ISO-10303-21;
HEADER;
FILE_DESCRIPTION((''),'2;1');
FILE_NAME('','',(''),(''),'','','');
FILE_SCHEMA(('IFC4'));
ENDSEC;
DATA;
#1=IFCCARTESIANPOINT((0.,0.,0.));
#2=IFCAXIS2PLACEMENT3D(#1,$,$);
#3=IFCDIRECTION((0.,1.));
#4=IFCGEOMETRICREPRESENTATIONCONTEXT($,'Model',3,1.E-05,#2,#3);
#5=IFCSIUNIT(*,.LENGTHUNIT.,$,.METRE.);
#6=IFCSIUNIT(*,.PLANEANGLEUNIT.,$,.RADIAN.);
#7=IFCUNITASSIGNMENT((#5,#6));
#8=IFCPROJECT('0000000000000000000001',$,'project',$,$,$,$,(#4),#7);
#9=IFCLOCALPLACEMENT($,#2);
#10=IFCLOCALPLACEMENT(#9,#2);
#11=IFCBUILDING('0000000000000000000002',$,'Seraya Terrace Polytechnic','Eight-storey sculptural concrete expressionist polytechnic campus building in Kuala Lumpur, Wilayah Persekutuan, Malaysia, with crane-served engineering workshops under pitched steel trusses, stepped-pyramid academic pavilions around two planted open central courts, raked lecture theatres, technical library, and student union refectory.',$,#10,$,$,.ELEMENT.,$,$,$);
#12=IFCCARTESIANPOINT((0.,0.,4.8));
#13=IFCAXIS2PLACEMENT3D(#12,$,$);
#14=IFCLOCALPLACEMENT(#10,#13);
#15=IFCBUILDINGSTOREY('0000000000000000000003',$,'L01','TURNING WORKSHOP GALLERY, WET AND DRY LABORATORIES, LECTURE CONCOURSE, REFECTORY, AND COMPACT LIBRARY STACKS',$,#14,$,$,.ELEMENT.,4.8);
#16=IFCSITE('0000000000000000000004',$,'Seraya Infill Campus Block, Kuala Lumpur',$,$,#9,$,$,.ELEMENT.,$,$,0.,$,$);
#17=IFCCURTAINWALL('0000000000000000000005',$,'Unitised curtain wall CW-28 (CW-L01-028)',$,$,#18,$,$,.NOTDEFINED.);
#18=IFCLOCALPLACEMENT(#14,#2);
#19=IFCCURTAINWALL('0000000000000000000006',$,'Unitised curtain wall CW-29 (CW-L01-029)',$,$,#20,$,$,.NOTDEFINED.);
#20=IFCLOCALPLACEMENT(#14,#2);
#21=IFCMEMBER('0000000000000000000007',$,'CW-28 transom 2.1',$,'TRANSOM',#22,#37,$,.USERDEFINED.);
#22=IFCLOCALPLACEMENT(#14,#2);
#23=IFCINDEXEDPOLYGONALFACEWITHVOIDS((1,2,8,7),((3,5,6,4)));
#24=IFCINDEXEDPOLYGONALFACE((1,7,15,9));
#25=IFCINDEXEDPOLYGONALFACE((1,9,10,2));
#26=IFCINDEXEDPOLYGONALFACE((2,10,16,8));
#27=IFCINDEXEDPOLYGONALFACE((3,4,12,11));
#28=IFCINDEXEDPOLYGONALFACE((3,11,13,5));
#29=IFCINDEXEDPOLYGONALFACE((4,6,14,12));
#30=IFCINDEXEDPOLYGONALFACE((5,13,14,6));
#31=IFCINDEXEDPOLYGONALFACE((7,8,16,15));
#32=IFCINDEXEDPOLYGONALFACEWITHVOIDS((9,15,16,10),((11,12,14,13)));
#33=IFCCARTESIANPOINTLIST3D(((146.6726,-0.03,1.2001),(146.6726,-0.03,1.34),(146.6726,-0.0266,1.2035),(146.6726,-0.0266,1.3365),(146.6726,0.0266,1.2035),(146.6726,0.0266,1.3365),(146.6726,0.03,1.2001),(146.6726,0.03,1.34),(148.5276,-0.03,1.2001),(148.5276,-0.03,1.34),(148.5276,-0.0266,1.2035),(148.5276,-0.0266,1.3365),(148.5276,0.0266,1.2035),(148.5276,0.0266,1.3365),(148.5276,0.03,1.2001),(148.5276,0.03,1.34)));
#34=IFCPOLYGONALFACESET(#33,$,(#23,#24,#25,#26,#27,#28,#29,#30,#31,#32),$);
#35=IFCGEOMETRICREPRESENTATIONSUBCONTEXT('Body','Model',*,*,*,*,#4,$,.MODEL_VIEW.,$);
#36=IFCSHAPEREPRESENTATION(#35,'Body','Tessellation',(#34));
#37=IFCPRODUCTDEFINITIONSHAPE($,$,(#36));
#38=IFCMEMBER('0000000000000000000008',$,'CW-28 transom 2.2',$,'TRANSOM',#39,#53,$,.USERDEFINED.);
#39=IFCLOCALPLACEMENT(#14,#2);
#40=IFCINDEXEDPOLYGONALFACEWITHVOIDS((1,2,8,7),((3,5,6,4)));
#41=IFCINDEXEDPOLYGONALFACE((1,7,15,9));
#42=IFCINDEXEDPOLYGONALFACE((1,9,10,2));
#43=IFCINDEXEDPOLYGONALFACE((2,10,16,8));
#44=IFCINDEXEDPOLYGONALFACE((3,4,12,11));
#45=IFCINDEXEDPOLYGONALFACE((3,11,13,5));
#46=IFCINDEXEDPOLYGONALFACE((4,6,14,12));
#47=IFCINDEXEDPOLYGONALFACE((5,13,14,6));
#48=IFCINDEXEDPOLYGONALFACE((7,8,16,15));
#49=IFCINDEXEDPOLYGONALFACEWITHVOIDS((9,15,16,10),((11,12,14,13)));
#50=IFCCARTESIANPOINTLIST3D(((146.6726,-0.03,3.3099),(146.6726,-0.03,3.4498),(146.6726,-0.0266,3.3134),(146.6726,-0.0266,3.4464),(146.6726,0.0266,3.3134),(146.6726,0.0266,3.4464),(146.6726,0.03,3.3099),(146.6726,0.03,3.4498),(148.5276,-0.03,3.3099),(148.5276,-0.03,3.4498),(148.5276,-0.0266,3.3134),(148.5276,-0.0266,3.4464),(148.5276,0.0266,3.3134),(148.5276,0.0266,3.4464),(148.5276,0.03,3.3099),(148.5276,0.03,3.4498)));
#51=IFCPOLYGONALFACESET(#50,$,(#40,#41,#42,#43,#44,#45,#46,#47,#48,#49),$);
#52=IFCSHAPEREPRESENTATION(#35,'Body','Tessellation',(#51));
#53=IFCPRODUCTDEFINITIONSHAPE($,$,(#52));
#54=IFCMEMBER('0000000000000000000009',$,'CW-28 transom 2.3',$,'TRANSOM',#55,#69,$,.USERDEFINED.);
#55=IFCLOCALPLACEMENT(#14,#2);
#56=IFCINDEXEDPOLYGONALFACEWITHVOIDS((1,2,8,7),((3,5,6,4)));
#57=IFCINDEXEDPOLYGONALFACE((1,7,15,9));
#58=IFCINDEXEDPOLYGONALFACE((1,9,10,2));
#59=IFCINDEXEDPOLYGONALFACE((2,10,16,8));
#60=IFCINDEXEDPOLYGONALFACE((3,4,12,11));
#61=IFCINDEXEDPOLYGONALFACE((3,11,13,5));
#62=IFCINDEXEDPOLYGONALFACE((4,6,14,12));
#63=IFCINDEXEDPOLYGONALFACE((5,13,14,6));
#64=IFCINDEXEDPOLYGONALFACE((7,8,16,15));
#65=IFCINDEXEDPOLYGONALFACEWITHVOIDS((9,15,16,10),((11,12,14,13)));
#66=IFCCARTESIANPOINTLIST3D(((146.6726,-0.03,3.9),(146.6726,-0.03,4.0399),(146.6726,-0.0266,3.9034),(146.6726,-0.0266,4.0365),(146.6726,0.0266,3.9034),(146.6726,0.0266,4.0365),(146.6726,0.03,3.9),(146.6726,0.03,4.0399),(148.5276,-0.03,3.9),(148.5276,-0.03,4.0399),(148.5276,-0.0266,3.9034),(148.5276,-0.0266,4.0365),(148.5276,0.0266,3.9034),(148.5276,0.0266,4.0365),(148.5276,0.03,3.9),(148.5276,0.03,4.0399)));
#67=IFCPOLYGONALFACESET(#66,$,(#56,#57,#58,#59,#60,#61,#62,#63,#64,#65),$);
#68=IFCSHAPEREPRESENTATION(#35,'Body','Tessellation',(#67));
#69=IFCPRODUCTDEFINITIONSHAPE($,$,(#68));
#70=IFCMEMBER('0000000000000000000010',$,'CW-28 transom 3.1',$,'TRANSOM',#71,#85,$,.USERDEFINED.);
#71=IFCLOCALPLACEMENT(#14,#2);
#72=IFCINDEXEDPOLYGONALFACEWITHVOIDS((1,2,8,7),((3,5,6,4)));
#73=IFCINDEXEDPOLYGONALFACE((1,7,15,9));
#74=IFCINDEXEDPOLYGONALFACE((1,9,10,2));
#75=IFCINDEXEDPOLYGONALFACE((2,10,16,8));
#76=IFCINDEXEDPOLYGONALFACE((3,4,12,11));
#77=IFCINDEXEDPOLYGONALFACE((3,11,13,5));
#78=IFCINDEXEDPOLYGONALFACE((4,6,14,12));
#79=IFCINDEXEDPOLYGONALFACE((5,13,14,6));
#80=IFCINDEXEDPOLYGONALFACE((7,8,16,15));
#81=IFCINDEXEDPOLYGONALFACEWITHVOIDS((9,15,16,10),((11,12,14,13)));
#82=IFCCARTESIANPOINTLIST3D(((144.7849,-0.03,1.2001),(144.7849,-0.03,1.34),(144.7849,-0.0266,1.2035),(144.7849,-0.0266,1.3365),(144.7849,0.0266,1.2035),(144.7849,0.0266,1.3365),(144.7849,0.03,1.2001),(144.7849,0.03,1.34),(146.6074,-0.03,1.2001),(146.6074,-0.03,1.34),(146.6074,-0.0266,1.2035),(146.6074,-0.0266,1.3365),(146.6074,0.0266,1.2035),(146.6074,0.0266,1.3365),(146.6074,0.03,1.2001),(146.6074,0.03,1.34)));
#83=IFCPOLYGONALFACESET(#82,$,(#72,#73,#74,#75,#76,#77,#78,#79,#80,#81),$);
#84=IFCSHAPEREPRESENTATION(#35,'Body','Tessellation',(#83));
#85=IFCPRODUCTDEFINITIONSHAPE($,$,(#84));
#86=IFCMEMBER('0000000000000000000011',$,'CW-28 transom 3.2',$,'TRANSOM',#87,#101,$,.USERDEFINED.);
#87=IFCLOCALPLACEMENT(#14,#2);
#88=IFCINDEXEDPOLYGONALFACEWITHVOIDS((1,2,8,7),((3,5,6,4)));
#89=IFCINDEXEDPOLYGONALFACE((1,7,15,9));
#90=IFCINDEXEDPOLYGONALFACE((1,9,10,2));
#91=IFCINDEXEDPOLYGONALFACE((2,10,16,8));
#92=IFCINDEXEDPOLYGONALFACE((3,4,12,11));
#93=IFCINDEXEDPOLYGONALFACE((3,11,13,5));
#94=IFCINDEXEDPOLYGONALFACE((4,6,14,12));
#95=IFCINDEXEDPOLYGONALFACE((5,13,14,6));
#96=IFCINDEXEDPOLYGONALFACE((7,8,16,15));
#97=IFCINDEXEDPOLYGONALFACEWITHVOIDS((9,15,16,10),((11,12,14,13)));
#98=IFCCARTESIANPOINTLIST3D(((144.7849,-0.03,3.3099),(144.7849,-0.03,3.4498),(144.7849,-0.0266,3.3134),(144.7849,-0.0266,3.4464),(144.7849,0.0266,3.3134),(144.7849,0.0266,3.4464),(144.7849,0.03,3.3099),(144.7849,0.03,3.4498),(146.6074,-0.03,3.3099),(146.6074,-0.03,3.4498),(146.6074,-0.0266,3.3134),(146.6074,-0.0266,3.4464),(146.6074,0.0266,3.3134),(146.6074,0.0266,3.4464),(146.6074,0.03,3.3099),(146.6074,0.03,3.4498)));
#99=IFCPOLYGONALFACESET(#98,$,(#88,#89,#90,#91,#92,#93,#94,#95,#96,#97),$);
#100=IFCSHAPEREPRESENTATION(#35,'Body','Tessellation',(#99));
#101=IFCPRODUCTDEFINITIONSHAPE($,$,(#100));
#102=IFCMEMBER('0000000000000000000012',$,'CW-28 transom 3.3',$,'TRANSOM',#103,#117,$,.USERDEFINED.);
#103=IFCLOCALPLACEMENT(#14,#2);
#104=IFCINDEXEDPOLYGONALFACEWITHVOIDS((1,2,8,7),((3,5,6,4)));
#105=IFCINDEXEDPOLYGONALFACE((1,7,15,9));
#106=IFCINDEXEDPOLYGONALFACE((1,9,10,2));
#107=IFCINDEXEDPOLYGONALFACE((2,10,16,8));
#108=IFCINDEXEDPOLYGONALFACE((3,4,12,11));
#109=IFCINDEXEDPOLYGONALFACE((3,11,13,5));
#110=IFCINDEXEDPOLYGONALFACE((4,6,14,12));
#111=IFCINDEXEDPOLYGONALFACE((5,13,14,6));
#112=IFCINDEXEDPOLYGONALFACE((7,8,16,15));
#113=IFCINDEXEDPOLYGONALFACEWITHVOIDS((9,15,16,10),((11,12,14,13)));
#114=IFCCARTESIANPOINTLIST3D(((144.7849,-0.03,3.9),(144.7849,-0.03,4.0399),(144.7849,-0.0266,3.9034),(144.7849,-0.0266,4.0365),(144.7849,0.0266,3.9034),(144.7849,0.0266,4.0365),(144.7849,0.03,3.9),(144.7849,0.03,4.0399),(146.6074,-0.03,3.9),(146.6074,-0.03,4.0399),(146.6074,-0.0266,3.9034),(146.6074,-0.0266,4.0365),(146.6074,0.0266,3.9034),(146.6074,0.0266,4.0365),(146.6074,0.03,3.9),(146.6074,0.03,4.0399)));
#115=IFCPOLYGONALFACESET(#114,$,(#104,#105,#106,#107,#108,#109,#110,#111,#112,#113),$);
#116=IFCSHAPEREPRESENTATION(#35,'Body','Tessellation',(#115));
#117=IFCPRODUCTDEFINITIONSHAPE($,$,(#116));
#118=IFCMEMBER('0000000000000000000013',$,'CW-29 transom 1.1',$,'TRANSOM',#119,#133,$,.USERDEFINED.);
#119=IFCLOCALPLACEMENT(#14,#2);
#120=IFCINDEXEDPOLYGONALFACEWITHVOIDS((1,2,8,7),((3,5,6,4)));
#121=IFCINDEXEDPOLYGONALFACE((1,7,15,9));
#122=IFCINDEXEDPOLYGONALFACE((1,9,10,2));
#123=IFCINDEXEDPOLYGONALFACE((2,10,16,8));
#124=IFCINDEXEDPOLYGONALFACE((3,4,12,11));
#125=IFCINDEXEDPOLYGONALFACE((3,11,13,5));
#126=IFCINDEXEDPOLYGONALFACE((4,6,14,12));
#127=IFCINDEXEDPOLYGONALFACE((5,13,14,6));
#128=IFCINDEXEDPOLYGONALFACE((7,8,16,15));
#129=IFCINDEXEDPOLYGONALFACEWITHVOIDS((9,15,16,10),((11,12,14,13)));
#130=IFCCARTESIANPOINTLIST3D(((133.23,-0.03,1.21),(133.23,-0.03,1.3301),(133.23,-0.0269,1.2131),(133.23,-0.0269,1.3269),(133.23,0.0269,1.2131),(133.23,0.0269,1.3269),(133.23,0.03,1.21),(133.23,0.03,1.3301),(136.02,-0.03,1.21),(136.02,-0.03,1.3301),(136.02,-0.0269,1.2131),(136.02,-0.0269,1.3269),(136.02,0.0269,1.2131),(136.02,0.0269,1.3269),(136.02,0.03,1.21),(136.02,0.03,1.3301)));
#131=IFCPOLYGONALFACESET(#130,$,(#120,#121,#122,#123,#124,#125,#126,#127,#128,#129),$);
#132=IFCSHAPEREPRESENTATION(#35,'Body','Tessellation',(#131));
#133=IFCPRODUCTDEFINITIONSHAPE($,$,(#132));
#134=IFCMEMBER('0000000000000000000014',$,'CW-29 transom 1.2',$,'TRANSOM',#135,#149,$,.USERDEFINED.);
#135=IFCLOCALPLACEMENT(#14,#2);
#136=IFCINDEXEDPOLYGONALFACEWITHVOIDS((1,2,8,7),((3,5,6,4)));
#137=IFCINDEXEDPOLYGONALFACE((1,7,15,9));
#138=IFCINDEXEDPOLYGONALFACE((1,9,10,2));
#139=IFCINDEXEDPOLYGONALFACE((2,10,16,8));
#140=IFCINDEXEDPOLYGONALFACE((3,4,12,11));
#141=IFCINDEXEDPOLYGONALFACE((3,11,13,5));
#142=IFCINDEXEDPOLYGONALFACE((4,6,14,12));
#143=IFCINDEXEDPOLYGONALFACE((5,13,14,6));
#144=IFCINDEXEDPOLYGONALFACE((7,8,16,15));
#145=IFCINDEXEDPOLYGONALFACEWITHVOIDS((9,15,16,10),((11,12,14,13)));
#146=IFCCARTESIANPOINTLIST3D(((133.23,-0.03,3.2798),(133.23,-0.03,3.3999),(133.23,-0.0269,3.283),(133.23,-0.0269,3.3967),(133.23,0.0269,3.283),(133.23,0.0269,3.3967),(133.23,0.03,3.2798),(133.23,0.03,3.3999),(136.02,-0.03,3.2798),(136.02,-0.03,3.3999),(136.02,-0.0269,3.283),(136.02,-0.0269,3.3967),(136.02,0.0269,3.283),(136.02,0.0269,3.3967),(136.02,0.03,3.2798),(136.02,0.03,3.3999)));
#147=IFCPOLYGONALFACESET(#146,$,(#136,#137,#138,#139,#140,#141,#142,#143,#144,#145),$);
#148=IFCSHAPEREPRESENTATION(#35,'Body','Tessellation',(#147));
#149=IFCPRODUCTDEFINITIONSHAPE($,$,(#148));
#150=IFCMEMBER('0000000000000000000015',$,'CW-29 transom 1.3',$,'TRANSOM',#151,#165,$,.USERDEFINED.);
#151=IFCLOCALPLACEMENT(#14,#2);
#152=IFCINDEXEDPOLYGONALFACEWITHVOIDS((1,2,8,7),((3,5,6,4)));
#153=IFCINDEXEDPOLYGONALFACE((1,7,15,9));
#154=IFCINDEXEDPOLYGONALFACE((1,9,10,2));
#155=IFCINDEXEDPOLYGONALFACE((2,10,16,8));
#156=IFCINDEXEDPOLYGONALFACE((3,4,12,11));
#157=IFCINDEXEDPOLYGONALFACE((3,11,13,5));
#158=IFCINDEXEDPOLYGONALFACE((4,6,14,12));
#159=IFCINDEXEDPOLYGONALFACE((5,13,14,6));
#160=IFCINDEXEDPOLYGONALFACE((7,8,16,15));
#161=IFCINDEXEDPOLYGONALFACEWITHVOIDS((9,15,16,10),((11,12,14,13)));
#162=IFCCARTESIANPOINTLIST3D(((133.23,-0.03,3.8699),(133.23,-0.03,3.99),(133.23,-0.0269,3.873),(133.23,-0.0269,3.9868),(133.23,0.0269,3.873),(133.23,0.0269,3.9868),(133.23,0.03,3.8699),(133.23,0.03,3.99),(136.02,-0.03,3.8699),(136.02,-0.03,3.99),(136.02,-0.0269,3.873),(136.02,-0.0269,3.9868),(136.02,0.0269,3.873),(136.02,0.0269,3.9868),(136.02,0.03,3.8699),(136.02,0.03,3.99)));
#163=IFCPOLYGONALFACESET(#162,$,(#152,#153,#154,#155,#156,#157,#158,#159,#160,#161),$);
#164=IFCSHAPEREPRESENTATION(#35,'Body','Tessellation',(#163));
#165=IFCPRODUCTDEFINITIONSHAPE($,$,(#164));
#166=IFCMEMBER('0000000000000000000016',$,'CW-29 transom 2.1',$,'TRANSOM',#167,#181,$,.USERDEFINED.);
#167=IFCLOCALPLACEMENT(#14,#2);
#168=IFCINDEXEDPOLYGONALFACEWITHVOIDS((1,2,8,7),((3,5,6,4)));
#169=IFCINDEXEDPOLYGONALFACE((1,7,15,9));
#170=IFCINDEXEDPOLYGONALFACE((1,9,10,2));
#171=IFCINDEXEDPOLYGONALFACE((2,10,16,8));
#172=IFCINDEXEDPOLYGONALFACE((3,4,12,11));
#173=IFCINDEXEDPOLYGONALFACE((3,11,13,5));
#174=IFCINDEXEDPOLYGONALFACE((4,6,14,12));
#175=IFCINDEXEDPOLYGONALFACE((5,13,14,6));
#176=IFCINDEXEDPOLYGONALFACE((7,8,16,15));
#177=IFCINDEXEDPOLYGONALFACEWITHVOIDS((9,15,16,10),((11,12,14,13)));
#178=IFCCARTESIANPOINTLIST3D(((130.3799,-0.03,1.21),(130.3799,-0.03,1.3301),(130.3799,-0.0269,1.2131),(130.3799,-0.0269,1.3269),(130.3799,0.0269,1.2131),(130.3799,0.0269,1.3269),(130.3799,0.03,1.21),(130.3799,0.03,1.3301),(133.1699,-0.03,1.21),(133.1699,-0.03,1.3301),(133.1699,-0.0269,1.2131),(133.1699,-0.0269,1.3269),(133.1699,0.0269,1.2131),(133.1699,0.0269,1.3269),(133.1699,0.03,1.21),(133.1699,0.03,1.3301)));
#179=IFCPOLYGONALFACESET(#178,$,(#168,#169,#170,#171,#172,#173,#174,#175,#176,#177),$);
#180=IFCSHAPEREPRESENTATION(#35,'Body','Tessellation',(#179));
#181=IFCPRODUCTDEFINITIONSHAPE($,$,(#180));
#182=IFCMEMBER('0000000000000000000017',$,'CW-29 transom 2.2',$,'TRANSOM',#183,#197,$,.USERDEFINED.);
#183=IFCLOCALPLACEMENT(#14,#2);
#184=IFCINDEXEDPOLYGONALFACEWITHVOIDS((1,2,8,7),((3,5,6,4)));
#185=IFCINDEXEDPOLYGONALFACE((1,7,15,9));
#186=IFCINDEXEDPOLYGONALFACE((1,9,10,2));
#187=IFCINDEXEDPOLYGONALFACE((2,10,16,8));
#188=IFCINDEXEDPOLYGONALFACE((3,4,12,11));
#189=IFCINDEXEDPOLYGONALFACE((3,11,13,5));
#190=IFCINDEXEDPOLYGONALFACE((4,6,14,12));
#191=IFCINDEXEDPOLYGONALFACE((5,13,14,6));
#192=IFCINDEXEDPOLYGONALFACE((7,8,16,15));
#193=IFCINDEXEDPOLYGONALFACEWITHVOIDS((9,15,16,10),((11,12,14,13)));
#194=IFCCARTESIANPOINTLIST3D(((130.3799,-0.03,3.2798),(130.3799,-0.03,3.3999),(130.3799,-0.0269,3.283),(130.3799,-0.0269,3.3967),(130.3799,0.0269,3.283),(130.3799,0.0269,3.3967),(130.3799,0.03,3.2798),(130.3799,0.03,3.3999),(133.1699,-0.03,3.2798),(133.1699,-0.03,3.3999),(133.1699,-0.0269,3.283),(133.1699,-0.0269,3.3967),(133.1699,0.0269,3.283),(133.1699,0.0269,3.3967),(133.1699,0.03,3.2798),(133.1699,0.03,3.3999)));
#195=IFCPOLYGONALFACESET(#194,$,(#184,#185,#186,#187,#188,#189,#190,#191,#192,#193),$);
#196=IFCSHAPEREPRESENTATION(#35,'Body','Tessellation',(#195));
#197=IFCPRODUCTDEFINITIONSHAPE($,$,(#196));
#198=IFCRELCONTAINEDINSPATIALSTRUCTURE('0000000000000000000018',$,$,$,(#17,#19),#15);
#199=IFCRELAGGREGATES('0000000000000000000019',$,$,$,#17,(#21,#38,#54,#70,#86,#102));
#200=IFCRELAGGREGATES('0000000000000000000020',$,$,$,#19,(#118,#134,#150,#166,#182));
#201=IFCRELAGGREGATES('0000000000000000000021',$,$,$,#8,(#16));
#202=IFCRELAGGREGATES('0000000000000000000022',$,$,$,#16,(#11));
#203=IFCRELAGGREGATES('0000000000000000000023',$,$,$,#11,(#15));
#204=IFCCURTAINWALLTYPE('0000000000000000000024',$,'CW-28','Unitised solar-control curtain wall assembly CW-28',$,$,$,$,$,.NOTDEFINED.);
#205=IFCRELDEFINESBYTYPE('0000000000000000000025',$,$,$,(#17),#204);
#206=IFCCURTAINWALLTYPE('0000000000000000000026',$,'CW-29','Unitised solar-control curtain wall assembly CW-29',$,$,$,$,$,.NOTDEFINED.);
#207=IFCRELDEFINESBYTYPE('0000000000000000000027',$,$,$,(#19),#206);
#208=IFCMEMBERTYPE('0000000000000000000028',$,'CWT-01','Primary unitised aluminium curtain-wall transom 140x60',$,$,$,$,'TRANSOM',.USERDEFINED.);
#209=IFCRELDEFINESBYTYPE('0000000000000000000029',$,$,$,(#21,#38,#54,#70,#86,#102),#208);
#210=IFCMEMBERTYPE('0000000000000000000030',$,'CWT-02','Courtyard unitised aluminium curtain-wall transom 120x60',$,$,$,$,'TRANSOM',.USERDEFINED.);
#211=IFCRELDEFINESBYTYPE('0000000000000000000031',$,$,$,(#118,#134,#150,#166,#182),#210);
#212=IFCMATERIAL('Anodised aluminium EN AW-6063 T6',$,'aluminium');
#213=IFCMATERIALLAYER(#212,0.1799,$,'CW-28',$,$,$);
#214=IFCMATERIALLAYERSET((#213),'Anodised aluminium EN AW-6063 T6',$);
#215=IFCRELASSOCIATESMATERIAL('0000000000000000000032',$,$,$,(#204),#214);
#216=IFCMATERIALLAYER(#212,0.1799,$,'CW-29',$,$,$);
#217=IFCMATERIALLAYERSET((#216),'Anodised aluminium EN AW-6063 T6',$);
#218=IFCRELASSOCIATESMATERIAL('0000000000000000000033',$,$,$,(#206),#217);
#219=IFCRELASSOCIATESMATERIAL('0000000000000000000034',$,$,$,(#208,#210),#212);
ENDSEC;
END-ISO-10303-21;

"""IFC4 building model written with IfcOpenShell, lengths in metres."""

from ifc_helpers import new_model, si_unit, direction, frame, origin, origin_2d, place, context, subcontext, project, spatial, hollow_rectangle, extrude, material, layer, layer_set, material_profile, profile_set, type_object, element, aggregate, save


model = new_model("IFC4")

# Units and contexts
model_context = context("Model", 3, precision=1e-05, world=origin(), true_north=direction((0.0, 1.0)))
body_context = subcontext(model_context, "Body", "Model", "MODEL_VIEW")
ifc_project = project(units=[si_unit("LENGTHUNIT", "METRE"), si_unit("PLANEANGLEUNIT", "RADIAN")], contexts=[model_context])

# Site, building, storey
site_placement = place(None, origin())
site = spatial("IfcSite", under=ifc_project, at=site_placement, Name="Seraya Infill Campus Block, Kuala Lumpur", CompositionType="ELEMENT", RefElevation=0.0)
building_placement = place(site_placement, origin())
building = spatial("IfcBuilding", under=site, at=building_placement, Name="Seraya Terrace Polytechnic", Description="Eight-storey sculptural concrete expressionist polytechnic campus building in Kuala Lumpur, Wilayah Persekutuan, Malaysia, with crane-served engineering workshops under pitched steel trusses, stepped-pyramid academic pavilions around two planted open central courts, raked lecture theatres, technical library, and student union refectory.", CompositionType="ELEMENT")
storey_placement = place(building_placement, frame((0.0, 0.0, 4.8)))
storey = spatial("IfcBuildingStorey", under=building, at=storey_placement, Name="L01", Description="TURNING WORKSHOP GALLERY, WET AND DRY LABORATORIES, LECTURE CONCOURSE, REFECTORY, AND COMPACT LIBRARY STACKS", CompositionType="ELEMENT", Elevation=4.8)

# Curtain walls
ifc_material_1 = material(Name="Anodised aluminium EN AW-6063 T6", Category="aluminium")
ifc_layer_1 = layer(ifc_material_1, 0.1799, Name="CW-28")
ifc_layer_set_1 = layer_set([ifc_layer_1], Name="Anodised aluminium EN AW-6063 T6")
curtain_wall_type_1 = type_object("IfcCurtainWallType", Name="CW-28", Description="Unitised solar-control curtain wall assembly CW-28", PredefinedType="NOTDEFINED", material=ifc_layer_set_1)
curtain_wall_1_placement = place(storey_placement, origin())
curtain_wall_1 = element("IfcCurtainWall", 1, at=curtain_wall_1_placement, inside=storey, type_object=curtain_wall_type_1, Name="Unitised curtain wall CW-28 (CW-L01-028)", PredefinedType="NOTDEFINED")
ifc_layer_2 = layer(ifc_material_1, 0.1799, Name="CW-29")
ifc_layer_set_2 = layer_set([ifc_layer_2], Name="Anodised aluminium EN AW-6063 T6")
curtain_wall_type_2 = type_object("IfcCurtainWallType", Name="CW-29", Description="Unitised solar-control curtain wall assembly CW-29", PredefinedType="NOTDEFINED", material=ifc_layer_set_2)
curtain_wall_2_placement = place(storey_placement, origin())
curtain_wall_2 = element("IfcCurtainWall", 2, at=curtain_wall_2_placement, inside=storey, type_object=curtain_wall_type_2, Name="Unitised curtain wall CW-29 (CW-L01-029)", PredefinedType="NOTDEFINED")

# Members
ifc_material_profile_1 = material_profile(ifc_material_1, hollow_rectangle(XDim=0.0601, YDim=0.1399, WallThickness=0.0034, at=origin_2d()), Name="RHS 140x60x3.5")
ifc_profile_set_1 = profile_set([ifc_material_profile_1], Name="Anodised aluminium EN AW-6063 T6")
member_type_1 = type_object("IfcMemberType", Name="CWT-01", Description="Primary unitised aluminium curtain-wall transom 140x60", ElementType="TRANSOM", PredefinedType="USERDEFINED", material=ifc_profile_set_1)
member_1_placement = place(storey_placement, frame((148.5276, 0.0, 1.27), z_axis=(-1.0, 0.0, 0.0), x_axis=(0.0, -1.0, 0.0)))
member_1 = element("IfcMember", 3, at=member_1_placement, type_object=member_type_1, Name="CW-28 transom 2.1", ObjectType="TRANSOM", PredefinedType="USERDEFINED", context=body_context, shape_type="SweptSolid", body=[
    extrude(hollow_rectangle(XDim=0.0601, YDim=0.1399, WallThickness=0.0034, at=origin_2d()), origin(), (0.0, 0.0, 1.0), 1.855),
])
member_2_placement = place(storey_placement, frame((148.5276, 0.0, 3.3799), z_axis=(-1.0, 0.0, 0.0), x_axis=(0.0, -1.0, 0.0)))
member_2 = element("IfcMember", 4, at=member_2_placement, type_object=member_type_1, Name="CW-28 transom 2.2", ObjectType="TRANSOM", PredefinedType="USERDEFINED", context=body_context, shape_type="SweptSolid", body=[
    extrude(hollow_rectangle(XDim=0.0601, YDim=0.1399, WallThickness=0.0034, at=origin_2d()), origin(), (0.0, 0.0, 1.0), 1.855),
])
member_3_placement = place(storey_placement, frame((148.5276, 0.0, 3.97), z_axis=(-1.0, 0.0, 0.0), x_axis=(0.0, -1.0, 0.0)))
member_3 = element("IfcMember", 5, at=member_3_placement, type_object=member_type_1, Name="CW-28 transom 2.3", ObjectType="TRANSOM", PredefinedType="USERDEFINED", context=body_context, shape_type="SweptSolid", body=[
    extrude(hollow_rectangle(XDim=0.0601, YDim=0.1399, WallThickness=0.0034, at=origin_2d()), origin(), (0.0, 0.0, 1.0), 1.855),
])
member_4_placement = place(storey_placement, frame((146.6074, 0.0, 1.27), z_axis=(-1.0, 0.0, 0.0), x_axis=(0.0, -1.0, 0.0)))
member_4 = element("IfcMember", 6, at=member_4_placement, type_object=member_type_1, Name="CW-28 transom 3.1", ObjectType="TRANSOM", PredefinedType="USERDEFINED", context=body_context, shape_type="SweptSolid", body=[
    extrude(hollow_rectangle(XDim=0.0601, YDim=0.1399, WallThickness=0.0034, at=origin_2d()), origin(), (0.0, 0.0, 1.0), 1.8225),
])
member_5_placement = place(storey_placement, frame((146.6074, 0.0, 3.3799), z_axis=(-1.0, 0.0, 0.0), x_axis=(0.0, -1.0, 0.0)))
member_5 = element("IfcMember", 7, at=member_5_placement, type_object=member_type_1, Name="CW-28 transom 3.2", ObjectType="TRANSOM", PredefinedType="USERDEFINED", context=body_context, shape_type="SweptSolid", body=[
    extrude(hollow_rectangle(XDim=0.0601, YDim=0.1399, WallThickness=0.0034, at=origin_2d()), origin(), (0.0, 0.0, 1.0), 1.8225),
])
member_6_placement = place(storey_placement, frame((146.6074, 0.0, 3.97), z_axis=(-1.0, 0.0, 0.0), x_axis=(0.0, -1.0, 0.0)))
member_6 = element("IfcMember", 8, at=member_6_placement, type_object=member_type_1, Name="CW-28 transom 3.3", ObjectType="TRANSOM", PredefinedType="USERDEFINED", context=body_context, shape_type="SweptSolid", body=[
    extrude(hollow_rectangle(XDim=0.0601, YDim=0.1399, WallThickness=0.0034, at=origin_2d()), origin(), (0.0, 0.0, 1.0), 1.8225),
])
ifc_material_profile_2 = material_profile(ifc_material_1, hollow_rectangle(XDim=0.0601, YDim=0.1201, WallThickness=0.0032, at=origin_2d()), Name="RHS 120x60x3.2")
ifc_profile_set_2 = profile_set([ifc_material_profile_2], Name="Anodised aluminium EN AW-6063 T6")
member_type_2 = type_object("IfcMemberType", Name="CWT-02", Description="Courtyard unitised aluminium curtain-wall transom 120x60", ElementType="TRANSOM", PredefinedType="USERDEFINED", material=ifc_profile_set_2)
member_7_placement = place(storey_placement, frame((136.02, 0.0, 1.27), z_axis=(-1.0, 0.0, 0.0), x_axis=(0.0, -1.0, 0.0)))
member_7 = element("IfcMember", 9, at=member_7_placement, type_object=member_type_2, Name="CW-29 transom 1.1", ObjectType="TRANSOM", PredefinedType="USERDEFINED", context=body_context, shape_type="SweptSolid", body=[
    extrude(hollow_rectangle(XDim=0.0601, YDim=0.1201, WallThickness=0.0032, at=origin_2d()), origin(), (0.0, 0.0, 1.0), 2.79),
])
member_8_placement = place(storey_placement, frame((136.02, 0.0, 3.3398), z_axis=(-1.0, 0.0, 0.0), x_axis=(0.0, -1.0, 0.0)))
member_8 = element("IfcMember", 10, at=member_8_placement, type_object=member_type_2, Name="CW-29 transom 1.2", ObjectType="TRANSOM", PredefinedType="USERDEFINED", context=body_context, shape_type="SweptSolid", body=[
    extrude(hollow_rectangle(XDim=0.0601, YDim=0.1201, WallThickness=0.0032, at=origin_2d()), origin(), (0.0, 0.0, 1.0), 2.79),
])
member_9_placement = place(storey_placement, frame((136.02, 0.0, 3.9299), z_axis=(-1.0, 0.0, 0.0), x_axis=(0.0, -1.0, 0.0)))
member_9 = element("IfcMember", 11, at=member_9_placement, type_object=member_type_2, Name="CW-29 transom 1.3", ObjectType="TRANSOM", PredefinedType="USERDEFINED", context=body_context, shape_type="SweptSolid", body=[
    extrude(hollow_rectangle(XDim=0.0601, YDim=0.1201, WallThickness=0.0032, at=origin_2d()), origin(), (0.0, 0.0, 1.0), 2.79),
])
member_10_placement = place(storey_placement, frame((133.1699, 0.0, 1.27), z_axis=(-1.0, 0.0, 0.0), x_axis=(0.0, -1.0, 0.0)))
member_10 = element("IfcMember", 12, at=member_10_placement, type_object=member_type_2, Name="CW-29 transom 2.1", ObjectType="TRANSOM", PredefinedType="USERDEFINED", context=body_context, shape_type="SweptSolid", body=[
    extrude(hollow_rectangle(XDim=0.0601, YDim=0.1201, WallThickness=0.0032, at=origin_2d()), origin(), (0.0, 0.0, 1.0), 2.79),
])
member_11_placement = place(storey_placement, frame((133.1699, 0.0, 3.3398), z_axis=(-1.0, 0.0, 0.0), x_axis=(0.0, -1.0, 0.0)))
member_11 = element("IfcMember", 13, at=member_11_placement, type_object=member_type_2, Name="CW-29 transom 2.2", ObjectType="TRANSOM", PredefinedType="USERDEFINED", context=body_context, shape_type="SweptSolid", body=[
    extrude(hollow_rectangle(XDim=0.0601, YDim=0.1201, WallThickness=0.0032, at=origin_2d()), origin(), (0.0, 0.0, 1.0), 2.79),
])

aggregate(curtain_wall_1, [member_1, member_2, member_3, member_4, member_5, member_6])
aggregate(curtain_wall_2, [member_7, member_8, member_9, member_10, member_11])

save(model, "model.ifc")
